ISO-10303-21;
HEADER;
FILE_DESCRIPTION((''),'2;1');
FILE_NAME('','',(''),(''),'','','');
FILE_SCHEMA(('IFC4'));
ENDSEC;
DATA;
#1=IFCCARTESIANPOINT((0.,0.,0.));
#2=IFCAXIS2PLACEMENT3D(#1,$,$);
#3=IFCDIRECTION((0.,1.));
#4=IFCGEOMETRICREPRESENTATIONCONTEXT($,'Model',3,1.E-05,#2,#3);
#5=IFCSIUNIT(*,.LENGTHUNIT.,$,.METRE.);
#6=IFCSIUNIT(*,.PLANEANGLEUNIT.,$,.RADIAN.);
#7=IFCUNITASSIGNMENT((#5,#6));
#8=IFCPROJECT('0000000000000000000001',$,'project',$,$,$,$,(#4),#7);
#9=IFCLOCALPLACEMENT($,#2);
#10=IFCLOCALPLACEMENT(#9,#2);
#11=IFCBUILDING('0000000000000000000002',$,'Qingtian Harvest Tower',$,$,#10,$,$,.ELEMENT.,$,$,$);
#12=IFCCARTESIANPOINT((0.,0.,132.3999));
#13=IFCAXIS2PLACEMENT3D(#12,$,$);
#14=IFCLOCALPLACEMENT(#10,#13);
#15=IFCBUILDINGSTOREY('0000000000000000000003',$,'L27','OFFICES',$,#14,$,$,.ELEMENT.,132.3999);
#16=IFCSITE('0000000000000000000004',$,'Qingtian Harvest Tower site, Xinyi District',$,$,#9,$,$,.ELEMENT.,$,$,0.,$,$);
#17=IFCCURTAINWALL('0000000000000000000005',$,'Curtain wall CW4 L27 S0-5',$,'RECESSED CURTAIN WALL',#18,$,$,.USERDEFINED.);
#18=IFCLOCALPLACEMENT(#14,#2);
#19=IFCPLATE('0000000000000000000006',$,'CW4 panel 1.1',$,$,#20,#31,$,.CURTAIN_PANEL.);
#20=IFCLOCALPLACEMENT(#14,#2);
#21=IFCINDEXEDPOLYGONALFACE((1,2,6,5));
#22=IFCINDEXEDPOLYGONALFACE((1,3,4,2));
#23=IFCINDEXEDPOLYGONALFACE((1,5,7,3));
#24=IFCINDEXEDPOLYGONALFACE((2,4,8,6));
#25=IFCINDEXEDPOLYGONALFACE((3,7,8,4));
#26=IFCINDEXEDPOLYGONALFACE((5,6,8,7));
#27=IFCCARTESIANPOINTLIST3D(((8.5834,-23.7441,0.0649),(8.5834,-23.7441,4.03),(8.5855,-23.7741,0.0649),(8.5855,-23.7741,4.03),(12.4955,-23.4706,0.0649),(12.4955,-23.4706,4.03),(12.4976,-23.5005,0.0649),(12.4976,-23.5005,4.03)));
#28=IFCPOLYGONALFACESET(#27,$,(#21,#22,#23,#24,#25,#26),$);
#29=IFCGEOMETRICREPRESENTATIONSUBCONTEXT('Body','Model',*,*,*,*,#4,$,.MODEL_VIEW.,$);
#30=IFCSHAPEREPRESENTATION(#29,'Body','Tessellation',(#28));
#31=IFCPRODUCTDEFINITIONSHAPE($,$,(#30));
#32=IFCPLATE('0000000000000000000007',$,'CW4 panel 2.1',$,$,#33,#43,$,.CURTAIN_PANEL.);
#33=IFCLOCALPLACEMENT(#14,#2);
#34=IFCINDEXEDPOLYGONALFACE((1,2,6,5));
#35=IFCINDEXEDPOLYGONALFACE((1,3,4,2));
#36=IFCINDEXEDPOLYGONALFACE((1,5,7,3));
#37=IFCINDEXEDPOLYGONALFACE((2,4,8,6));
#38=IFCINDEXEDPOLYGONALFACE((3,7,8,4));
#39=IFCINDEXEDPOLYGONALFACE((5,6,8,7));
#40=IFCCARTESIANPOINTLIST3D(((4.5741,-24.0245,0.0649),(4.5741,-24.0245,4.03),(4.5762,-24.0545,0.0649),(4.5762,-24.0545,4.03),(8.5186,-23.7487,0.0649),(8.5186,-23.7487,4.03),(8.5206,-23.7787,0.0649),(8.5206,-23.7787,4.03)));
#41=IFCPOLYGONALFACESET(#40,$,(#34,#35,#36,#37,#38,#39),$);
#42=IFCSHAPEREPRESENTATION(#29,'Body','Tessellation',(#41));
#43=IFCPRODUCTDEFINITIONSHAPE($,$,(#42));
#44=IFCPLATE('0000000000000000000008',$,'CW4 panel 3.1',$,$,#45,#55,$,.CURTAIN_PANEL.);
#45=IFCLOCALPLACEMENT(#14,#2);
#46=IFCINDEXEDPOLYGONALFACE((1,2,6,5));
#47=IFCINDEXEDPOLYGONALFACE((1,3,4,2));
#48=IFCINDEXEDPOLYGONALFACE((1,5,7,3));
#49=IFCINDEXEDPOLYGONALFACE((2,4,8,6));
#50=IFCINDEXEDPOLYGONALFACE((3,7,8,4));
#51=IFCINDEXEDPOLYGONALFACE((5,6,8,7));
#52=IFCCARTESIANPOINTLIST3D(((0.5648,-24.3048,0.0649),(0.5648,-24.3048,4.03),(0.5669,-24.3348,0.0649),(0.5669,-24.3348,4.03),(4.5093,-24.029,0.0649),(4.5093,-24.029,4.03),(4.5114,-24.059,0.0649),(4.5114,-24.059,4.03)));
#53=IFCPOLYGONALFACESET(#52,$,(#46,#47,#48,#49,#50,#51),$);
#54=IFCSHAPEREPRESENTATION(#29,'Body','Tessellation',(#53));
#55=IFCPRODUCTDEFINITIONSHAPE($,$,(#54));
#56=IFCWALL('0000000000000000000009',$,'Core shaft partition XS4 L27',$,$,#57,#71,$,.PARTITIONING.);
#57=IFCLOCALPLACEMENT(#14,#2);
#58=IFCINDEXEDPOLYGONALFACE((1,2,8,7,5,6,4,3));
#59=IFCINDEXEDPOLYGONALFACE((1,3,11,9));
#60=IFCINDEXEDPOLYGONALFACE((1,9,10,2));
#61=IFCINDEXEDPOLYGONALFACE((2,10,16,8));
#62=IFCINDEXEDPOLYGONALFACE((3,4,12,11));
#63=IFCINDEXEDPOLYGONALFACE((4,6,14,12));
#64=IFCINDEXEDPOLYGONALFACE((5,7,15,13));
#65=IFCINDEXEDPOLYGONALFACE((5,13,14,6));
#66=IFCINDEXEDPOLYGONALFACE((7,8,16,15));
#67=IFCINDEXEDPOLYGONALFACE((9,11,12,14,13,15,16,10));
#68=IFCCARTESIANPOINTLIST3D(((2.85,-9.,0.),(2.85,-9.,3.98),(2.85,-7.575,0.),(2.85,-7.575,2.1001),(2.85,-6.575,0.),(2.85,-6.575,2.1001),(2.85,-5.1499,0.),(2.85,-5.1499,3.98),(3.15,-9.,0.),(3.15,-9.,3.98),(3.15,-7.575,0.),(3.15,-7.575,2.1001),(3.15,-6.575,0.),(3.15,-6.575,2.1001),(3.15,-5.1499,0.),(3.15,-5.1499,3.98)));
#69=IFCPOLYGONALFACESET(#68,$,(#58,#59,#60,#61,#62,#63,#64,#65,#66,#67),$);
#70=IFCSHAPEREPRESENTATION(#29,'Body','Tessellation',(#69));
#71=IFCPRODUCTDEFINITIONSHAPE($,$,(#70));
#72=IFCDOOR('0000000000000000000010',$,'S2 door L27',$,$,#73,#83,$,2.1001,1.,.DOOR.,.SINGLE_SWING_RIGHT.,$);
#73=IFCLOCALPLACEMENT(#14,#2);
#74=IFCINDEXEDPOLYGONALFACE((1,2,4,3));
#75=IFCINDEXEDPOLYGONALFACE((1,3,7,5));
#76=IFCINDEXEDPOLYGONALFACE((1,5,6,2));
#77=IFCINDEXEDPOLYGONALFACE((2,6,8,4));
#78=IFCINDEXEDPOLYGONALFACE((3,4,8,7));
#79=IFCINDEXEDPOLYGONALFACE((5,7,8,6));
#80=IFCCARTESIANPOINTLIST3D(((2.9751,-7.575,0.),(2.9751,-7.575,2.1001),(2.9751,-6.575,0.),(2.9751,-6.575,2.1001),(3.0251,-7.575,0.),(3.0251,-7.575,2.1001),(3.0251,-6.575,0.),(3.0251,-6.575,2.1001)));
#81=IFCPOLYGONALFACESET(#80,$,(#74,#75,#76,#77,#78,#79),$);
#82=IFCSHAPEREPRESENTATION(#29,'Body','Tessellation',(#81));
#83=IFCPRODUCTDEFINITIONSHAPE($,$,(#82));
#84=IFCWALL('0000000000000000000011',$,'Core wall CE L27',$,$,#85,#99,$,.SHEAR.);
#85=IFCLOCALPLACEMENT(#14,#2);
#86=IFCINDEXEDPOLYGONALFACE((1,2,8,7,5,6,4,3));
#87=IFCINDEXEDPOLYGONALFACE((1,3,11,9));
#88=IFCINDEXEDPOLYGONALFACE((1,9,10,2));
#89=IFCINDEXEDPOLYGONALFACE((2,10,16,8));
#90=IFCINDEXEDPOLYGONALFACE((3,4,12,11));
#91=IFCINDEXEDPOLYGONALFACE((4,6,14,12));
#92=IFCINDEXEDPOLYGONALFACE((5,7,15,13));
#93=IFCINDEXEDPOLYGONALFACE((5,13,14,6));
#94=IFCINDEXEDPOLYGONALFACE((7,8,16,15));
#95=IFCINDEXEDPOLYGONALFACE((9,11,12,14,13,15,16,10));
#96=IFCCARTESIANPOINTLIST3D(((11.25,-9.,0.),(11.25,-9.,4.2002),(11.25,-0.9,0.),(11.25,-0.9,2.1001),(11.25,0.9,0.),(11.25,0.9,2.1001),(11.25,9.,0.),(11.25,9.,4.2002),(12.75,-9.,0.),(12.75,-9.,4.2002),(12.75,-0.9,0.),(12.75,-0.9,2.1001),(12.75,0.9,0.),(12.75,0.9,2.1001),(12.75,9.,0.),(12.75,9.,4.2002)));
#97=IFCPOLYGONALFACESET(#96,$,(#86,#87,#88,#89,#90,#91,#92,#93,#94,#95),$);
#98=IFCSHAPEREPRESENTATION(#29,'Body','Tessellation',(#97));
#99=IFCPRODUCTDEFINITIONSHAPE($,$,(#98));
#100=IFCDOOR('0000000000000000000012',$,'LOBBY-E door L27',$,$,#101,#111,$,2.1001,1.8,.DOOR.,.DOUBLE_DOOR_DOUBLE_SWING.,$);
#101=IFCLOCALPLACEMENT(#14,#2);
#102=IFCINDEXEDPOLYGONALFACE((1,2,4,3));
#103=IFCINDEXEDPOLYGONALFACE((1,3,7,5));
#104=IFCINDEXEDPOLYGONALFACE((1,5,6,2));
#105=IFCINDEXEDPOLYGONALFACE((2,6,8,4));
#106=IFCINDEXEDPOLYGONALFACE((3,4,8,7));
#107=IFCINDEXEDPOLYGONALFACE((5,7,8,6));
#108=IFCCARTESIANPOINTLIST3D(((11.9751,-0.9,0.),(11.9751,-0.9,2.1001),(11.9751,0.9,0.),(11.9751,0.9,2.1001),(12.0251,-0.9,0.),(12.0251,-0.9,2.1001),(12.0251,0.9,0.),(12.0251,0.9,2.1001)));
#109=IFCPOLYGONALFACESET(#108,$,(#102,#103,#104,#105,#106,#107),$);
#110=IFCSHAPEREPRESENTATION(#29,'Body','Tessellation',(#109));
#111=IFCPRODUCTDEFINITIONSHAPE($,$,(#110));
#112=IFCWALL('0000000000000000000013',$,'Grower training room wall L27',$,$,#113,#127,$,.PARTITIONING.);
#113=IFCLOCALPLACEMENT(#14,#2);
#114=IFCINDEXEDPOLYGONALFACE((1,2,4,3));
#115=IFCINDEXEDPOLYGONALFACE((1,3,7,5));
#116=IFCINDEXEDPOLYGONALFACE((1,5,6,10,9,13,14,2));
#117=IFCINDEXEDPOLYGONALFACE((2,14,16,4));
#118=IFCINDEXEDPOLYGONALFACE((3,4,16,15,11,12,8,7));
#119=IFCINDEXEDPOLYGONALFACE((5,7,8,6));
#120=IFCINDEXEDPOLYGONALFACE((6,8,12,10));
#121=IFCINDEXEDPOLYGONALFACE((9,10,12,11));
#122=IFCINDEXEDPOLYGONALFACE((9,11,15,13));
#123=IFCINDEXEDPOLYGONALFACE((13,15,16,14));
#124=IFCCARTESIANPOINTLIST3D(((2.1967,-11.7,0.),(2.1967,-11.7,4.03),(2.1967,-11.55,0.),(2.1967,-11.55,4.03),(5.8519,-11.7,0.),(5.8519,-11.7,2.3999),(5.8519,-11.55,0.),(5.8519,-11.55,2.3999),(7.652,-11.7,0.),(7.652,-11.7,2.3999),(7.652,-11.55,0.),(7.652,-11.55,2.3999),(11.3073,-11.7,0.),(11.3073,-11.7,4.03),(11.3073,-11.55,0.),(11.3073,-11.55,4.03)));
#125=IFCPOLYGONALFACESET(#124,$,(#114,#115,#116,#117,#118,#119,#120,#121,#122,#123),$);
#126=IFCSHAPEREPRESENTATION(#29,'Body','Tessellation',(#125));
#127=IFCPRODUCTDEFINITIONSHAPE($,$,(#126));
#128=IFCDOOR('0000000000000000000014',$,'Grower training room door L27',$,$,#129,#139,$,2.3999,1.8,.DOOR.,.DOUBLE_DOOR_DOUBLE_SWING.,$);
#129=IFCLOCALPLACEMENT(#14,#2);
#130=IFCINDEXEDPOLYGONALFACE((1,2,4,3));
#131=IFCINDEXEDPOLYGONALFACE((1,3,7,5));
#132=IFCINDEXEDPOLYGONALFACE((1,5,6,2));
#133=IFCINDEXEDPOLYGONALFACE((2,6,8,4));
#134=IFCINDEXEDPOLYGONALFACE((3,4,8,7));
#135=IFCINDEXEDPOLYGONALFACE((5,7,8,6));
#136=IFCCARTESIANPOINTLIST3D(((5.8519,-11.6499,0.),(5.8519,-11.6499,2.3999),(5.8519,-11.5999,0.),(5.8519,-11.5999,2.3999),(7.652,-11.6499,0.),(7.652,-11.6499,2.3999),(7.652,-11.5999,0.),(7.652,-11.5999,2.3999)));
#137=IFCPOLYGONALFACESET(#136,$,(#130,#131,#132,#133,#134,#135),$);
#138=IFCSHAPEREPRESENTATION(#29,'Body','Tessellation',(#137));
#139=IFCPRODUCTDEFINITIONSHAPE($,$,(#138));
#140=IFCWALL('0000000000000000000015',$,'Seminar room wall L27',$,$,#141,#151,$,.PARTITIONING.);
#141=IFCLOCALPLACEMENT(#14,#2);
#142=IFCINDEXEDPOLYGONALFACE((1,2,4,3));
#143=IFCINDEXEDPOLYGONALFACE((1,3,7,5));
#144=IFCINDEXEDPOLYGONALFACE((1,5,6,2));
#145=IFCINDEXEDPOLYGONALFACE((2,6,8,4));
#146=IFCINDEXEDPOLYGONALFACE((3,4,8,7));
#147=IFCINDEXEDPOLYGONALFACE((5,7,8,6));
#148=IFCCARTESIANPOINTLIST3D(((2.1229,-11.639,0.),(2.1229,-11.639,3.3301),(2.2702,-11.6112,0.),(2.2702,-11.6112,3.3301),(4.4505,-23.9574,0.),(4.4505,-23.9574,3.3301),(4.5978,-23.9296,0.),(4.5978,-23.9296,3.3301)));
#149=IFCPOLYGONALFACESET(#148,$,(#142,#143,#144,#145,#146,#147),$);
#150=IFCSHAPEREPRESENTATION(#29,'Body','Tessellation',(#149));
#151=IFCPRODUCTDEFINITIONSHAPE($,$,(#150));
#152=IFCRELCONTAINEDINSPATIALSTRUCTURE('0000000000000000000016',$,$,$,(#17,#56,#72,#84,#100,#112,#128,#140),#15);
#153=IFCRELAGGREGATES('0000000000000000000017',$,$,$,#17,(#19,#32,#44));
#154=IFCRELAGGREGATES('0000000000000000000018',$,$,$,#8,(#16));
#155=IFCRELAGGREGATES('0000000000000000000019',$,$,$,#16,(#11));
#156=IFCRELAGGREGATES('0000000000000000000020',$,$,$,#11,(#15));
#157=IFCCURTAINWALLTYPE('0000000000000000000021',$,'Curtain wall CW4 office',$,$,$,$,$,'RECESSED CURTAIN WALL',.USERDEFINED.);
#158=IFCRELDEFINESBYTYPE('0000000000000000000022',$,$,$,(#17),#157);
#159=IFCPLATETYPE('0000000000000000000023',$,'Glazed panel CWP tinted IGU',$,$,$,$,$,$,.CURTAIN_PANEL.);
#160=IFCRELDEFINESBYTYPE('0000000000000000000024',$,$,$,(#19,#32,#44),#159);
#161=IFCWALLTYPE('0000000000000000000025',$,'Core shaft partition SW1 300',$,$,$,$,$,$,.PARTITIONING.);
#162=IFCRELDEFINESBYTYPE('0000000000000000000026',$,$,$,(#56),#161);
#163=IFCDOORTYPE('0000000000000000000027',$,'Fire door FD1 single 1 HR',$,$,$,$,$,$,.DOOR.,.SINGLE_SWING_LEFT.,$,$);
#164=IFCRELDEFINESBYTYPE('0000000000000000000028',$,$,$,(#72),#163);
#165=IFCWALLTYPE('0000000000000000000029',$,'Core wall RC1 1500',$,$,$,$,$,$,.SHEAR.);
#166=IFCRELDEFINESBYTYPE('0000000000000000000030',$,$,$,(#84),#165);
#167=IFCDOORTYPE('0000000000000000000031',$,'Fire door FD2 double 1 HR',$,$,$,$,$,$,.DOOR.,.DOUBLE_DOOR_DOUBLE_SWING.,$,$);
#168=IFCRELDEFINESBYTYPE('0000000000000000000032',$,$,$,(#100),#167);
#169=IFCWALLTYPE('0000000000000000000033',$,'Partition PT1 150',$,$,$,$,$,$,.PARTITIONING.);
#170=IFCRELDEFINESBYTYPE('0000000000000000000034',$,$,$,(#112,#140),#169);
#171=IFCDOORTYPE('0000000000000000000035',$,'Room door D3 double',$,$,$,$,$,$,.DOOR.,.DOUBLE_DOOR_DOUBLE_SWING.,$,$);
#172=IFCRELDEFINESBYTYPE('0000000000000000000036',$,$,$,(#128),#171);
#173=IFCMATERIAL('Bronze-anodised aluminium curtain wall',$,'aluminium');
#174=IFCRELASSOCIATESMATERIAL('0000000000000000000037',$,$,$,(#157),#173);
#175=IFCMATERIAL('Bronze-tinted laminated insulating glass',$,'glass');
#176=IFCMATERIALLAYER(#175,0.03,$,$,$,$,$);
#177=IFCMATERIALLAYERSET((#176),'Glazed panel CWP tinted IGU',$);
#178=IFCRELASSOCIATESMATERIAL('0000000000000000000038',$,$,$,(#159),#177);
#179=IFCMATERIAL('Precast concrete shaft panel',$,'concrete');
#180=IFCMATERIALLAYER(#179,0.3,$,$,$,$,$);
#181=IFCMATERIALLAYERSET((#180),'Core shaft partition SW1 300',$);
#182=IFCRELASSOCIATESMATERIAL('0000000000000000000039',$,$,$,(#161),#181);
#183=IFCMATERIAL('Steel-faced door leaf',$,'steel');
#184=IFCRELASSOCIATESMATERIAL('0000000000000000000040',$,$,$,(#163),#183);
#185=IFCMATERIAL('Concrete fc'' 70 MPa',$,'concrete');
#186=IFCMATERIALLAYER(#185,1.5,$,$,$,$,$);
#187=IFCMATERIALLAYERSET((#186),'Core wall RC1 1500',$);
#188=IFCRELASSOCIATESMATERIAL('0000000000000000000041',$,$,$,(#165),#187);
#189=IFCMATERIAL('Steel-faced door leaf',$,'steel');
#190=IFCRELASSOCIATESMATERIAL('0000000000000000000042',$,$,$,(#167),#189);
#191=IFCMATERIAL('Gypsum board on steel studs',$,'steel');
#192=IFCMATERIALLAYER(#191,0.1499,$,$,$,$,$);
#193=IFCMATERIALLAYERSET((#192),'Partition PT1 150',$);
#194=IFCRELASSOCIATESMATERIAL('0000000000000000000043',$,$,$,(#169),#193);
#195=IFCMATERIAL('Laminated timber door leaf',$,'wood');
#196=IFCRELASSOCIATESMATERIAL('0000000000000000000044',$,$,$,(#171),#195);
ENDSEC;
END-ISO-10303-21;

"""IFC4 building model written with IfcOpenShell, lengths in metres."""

from ifc_helpers import new_model, si_unit, direction, frame, frame_2d, origin, origin_2d, place, context, subcontext, project, spatial, rectangle, extrude, material, layer, layer_set, type_object, element, fill, aggregate, save


model = new_model("IFC4")

# Units and contexts
model_context = context("Model", 3, precision=1e-05, world=origin(), true_north=direction((0.0, 1.0)))
body_context = subcontext(model_context, "Body", "Model", "MODEL_VIEW")
ifc_project = project(units=[si_unit("LENGTHUNIT", "METRE"), si_unit("PLANEANGLEUNIT", "RADIAN")], contexts=[model_context])

# Site, building, storey
site_placement = place(None, origin())
site = spatial("IfcSite", under=ifc_project, at=site_placement, Name="Qingtian Harvest Tower site, Xinyi District", CompositionType="ELEMENT", RefElevation=0.0)
building_placement = place(site_placement, origin())
building = spatial("IfcBuilding", under=site, at=building_placement, Name="Qingtian Harvest Tower", CompositionType="ELEMENT")
storey_placement = place(building_placement, frame((0.0, 0.0, 132.3999)))
storey = spatial("IfcBuildingStorey", under=building, at=storey_placement, Name="L27", Description="OFFICES", CompositionType="ELEMENT", Elevation=132.3999)

# Shared definitions
ifc_material_1 = material(Name="Bronze-anodised aluminium curtain wall", Category="aluminium")
curtain_wall_type = type_object("IfcCurtainWallType", Name="Curtain wall CW4 office", ElementType="RECESSED CURTAIN WALL", PredefinedType="USERDEFINED", material=ifc_material_1)

# Curtain wall
curtain_wall_1_placement = place(storey_placement, origin())
curtain_wall_1 = element("IfcCurtainWall", 1, at=curtain_wall_1_placement, inside=storey, type_object=curtain_wall_type, Name="Curtain wall CW4 L27 S0-5", ObjectType="RECESSED CURTAIN WALL", PredefinedType="USERDEFINED")

# Plates
ifc_material_2 = material(Name="Bronze-tinted laminated insulating glass", Category="glass")
ifc_layer_1 = layer(ifc_material_2, 0.03)
ifc_layer_set_1 = layer_set([ifc_layer_1], Name="Glazed panel CWP tinted IGU")
plate_type = type_object("IfcPlateType", Name="Glazed panel CWP tinted IGU", PredefinedType="CURTAIN_PANEL", material=ifc_layer_set_1)
plate_1_placement = place(storey_placement, frame((10.5405, -23.6223, 0.0649), z_axis=(0.0, 0.0, 1.0), x_axis=(-0.997564, -0.069756, 0.0)))
plate_1 = element("IfcPlate", 2, at=plate_1_placement, type_object=plate_type, Name="CW4 panel 1.1", PredefinedType="CURTAIN_PANEL", context=body_context, shape_type="SweptSolid", body=[
    extrude(rectangle(XDim=3.9216, YDim=0.03, at=origin_2d()), origin(), (0.0, 0.0, 1.0), 3.9651),
])
plate_2_placement = place(storey_placement, frame((6.5474, -23.9016, 0.0649), z_axis=(0.0, 0.0, 1.0), x_axis=(-0.997564, -0.069756, 0.0)))
plate_2 = element("IfcPlate", 3, at=plate_2_placement, type_object=plate_type, Name="CW4 panel 2.1", PredefinedType="CURTAIN_PANEL", context=body_context, shape_type="SweptSolid", body=[
    extrude(rectangle(XDim=3.9541, YDim=0.03, at=origin_2d()), origin(), (0.0, 0.0, 1.0), 3.9651),
])
plate_3_placement = place(storey_placement, frame((2.5381, -24.1819, 0.0649), z_axis=(0.0, 0.0, 1.0), x_axis=(-0.997564, -0.069756, 0.0)))
plate_3 = element("IfcPlate", 4, at=plate_3_placement, type_object=plate_type, Name="CW4 panel 3.1", PredefinedType="CURTAIN_PANEL", context=body_context, shape_type="SweptSolid", body=[
    extrude(rectangle(XDim=3.9541, YDim=0.03, at=origin_2d()), origin(), (0.0, 0.0, 1.0), 3.9651),
])
aggregate(curtain_wall_1, [plate_1, plate_2, plate_3])

# Walls, openings, doors
ifc_material_3 = material(Name="Precast concrete shaft panel", Category="concrete")
ifc_layer_2 = layer(ifc_material_3, 0.3)
ifc_layer_set_2 = layer_set([ifc_layer_2], Name="Core shaft partition SW1 300")
wall_type_1 = type_object("IfcWallType", Name="Core shaft partition SW1 300", PredefinedType="PARTITIONING", material=ifc_layer_set_2)
wall_1_placement = place(storey_placement, frame((3.0, -9.0, 0.0), z_axis=(0.0, 0.0, 1.0), x_axis=(0.0, 1.0, 0.0)))
wall_1 = element("IfcWall", 5, at=wall_1_placement, inside=storey, type_object=wall_type_1, Name="Core shaft partition XS4 L27", PredefinedType="PARTITIONING", context=body_context, shape_type="SweptSolid", body=[
    extrude(rectangle(XDim=3.8501, YDim=0.3, at=frame_2d((1.925, 0.0))), origin(), (0.0, 0.0, 1.0), 3.98),
])
opening_1_placement = place(wall_1_placement, frame((1.425, 0.0, 0.0)))
opening_1 = element("IfcOpeningElement", 6, at=opening_1_placement, cuts=wall_1, PredefinedType="OPENING", context=body_context, shape_type="SweptSolid", body=[
    extrude(rectangle(XDim=1.0, YDim=2.1001, at=frame_2d((0.5, 1.05))), frame((0.0, 0.1599, 0.0), z_axis=(0.0, -1.0, 0.0), x_axis=(1.0, 0.0, 0.0)), (0.0, 0.0, 1.0), 0.3201),
])
ifc_material_4 = material(Name="Steel-faced door leaf", Category="steel")
door_type_1 = type_object("IfcDoorType", Name="Fire door FD1 single 1 HR", OperationType="SINGLE_SWING_LEFT", PredefinedType="DOOR", material=ifc_material_4)
door_1_placement = place(opening_1_placement, origin())
door_1 = element("IfcDoor", 7, at=door_1_placement, inside=storey, type_object=door_type_1, Name="S2 door L27", OperationType="SINGLE_SWING_RIGHT", OverallHeight=2.1001, OverallWidth=1.0, PredefinedType="DOOR", context=body_context, shape_type="SweptSolid", body=[
    extrude(rectangle(XDim=1.0, YDim=2.1001, at=frame_2d((0.5, 1.05))), frame((0.0, 0.0249, 0.0), z_axis=(0.0, -1.0, 0.0), x_axis=(1.0, 0.0, 0.0)), (0.0, 0.0, 1.0), 0.05),
])
fill(opening_1, door_1)
ifc_material_5 = material(Name="Concrete fc' 70 MPa", Category="concrete")
ifc_layer_3 = layer(ifc_material_5, 1.5)
ifc_layer_set_3 = layer_set([ifc_layer_3], Name="Core wall RC1 1500")
wall_type_2 = type_object("IfcWallType", Name="Core wall RC1 1500", PredefinedType="SHEAR", material=ifc_layer_set_3)
wall_2_placement = place(storey_placement, frame((12.0, -9.0, 0.0), z_axis=(0.0, 0.0, 1.0), x_axis=(0.0, 1.0, 0.0)))
wall_2 = element("IfcWall", 8, at=wall_2_placement, inside=storey, type_object=wall_type_2, Name="Core wall CE L27", PredefinedType="SHEAR", context=body_context, shape_type="SweptSolid", body=[
    extrude(rectangle(XDim=18.0, YDim=1.5, at=frame_2d((9.0, 0.0))), origin(), (0.0, 0.0, 1.0), 4.2002),
])
opening_2_placement = place(wall_2_placement, frame((8.1001, 0.0, 0.0)))
opening_2 = element("IfcOpeningElement", 9, at=opening_2_placement, cuts=wall_2, PredefinedType="OPENING", context=body_context, shape_type="SweptSolid", body=[
    extrude(rectangle(XDim=1.8, YDim=2.1001, at=frame_2d((0.8999, 1.05))), frame((0.0, 0.76, 0.0), z_axis=(0.0, -1.0, 0.0), x_axis=(1.0, 0.0, 0.0)), (0.0, 0.0, 1.0), 1.52),
])
ifc_material_6 = material(Name="Steel-faced door leaf", Category="steel")
door_type_2 = type_object("IfcDoorType", Name="Fire door FD2 double 1 HR", OperationType="DOUBLE_DOOR_DOUBLE_SWING", PredefinedType="DOOR", material=ifc_material_6)
door_2_placement = place(opening_2_placement, origin())
door_2 = element("IfcDoor", 10, at=door_2_placement, inside=storey, type_object=door_type_2, Name="LOBBY-E door L27", OperationType="DOUBLE_DOOR_DOUBLE_SWING", OverallHeight=2.1001, OverallWidth=1.8, PredefinedType="DOOR", context=body_context, shape_type="SweptSolid", body=[
    extrude(rectangle(XDim=1.8, YDim=2.1001, at=frame_2d((0.8999, 1.05))), frame((0.0, 0.0249, 0.0), z_axis=(0.0, -1.0, 0.0), x_axis=(1.0, 0.0, 0.0)), (0.0, 0.0, 1.0), 0.05),
])
fill(opening_2, door_2)
ifc_material_7 = material(Name="Gypsum board on steel studs", Category="steel")
ifc_layer_4 = layer(ifc_material_7, 0.1499)
ifc_layer_set_4 = layer_set([ifc_layer_4], Name="Partition PT1 150")
wall_type_3 = type_object("IfcWallType", Name="Partition PT1 150", PredefinedType="PARTITIONING", material=ifc_layer_set_4)
wall_3_placement = place(storey_placement, frame((11.3071, -11.625, 0.0), z_axis=(0.0, 0.0, 1.0), x_axis=(-1.0, 0.0, 0.0)))
wall_3 = element("IfcWall", 11, at=wall_3_placement, inside=storey, type_object=wall_type_3, Name="Grower training room wall L27", PredefinedType="PARTITIONING", context=body_context, shape_type="SweptSolid", body=[
    extrude(rectangle(XDim=9.1106, YDim=0.1499, at=frame_2d((4.5552, 0.0))), origin(), (0.0, 0.0, 1.0), 4.03),
])
opening_3_placement = place(wall_3_placement, frame((3.6553, 0.0, 0.0)))
opening_3 = element("IfcOpeningElement", 12, at=opening_3_placement, cuts=wall_3, PredefinedType="OPENING", context=body_context, shape_type="SweptSolid", body=[
    extrude(rectangle(XDim=1.8, YDim=2.3999, at=frame_2d((0.8999, 1.2))), frame((0.0, 0.085, 0.0), z_axis=(0.0, -1.0, 0.0), x_axis=(1.0, 0.0, 0.0)), (0.0, 0.0, 1.0), 0.1699),
])
ifc_material_8 = material(Name="Laminated timber door leaf", Category="wood")
door_type_3 = type_object("IfcDoorType", Name="Room door D3 double", OperationType="DOUBLE_DOOR_DOUBLE_SWING", PredefinedType="DOOR", material=ifc_material_8)
door_3_placement = place(opening_3_placement, origin())
door_3 = element("IfcDoor", 13, at=door_3_placement, inside=storey, type_object=door_type_3, Name="Grower training room door L27", OperationType="DOUBLE_DOOR_DOUBLE_SWING", OverallHeight=2.3999, OverallWidth=1.8, PredefinedType="DOOR", context=body_context, shape_type="SweptSolid", body=[
    extrude(rectangle(XDim=1.8, YDim=2.3999, at=frame_2d((0.8999, 1.2))), frame((0.0, 0.0249, 0.0), z_axis=(0.0, -1.0, 0.0), x_axis=(1.0, 0.0, 0.0)), (0.0, 0.0, 1.0), 0.05),
])
fill(opening_3, door_3)

# Wall
wall_4_placement = place(storey_placement, frame((4.5242, -23.9434, 0.0), z_axis=(0.0, 0.0, 1.0), x_axis=(-0.185671, 0.982612, 0.0)))
element("IfcWall", 14, at=wall_4_placement, inside=storey, type_object=wall_type_3, Name="Seminar room wall L27", PredefinedType="PARTITIONING", context=body_context, shape_type="SweptSolid", body=[
    extrude(rectangle(XDim=12.5364, YDim=0.1499, at=frame_2d((6.2681, 0.0))), origin(), (0.0, 0.0, 1.0), 3.3301),
])

save(model, "model.ifc")
